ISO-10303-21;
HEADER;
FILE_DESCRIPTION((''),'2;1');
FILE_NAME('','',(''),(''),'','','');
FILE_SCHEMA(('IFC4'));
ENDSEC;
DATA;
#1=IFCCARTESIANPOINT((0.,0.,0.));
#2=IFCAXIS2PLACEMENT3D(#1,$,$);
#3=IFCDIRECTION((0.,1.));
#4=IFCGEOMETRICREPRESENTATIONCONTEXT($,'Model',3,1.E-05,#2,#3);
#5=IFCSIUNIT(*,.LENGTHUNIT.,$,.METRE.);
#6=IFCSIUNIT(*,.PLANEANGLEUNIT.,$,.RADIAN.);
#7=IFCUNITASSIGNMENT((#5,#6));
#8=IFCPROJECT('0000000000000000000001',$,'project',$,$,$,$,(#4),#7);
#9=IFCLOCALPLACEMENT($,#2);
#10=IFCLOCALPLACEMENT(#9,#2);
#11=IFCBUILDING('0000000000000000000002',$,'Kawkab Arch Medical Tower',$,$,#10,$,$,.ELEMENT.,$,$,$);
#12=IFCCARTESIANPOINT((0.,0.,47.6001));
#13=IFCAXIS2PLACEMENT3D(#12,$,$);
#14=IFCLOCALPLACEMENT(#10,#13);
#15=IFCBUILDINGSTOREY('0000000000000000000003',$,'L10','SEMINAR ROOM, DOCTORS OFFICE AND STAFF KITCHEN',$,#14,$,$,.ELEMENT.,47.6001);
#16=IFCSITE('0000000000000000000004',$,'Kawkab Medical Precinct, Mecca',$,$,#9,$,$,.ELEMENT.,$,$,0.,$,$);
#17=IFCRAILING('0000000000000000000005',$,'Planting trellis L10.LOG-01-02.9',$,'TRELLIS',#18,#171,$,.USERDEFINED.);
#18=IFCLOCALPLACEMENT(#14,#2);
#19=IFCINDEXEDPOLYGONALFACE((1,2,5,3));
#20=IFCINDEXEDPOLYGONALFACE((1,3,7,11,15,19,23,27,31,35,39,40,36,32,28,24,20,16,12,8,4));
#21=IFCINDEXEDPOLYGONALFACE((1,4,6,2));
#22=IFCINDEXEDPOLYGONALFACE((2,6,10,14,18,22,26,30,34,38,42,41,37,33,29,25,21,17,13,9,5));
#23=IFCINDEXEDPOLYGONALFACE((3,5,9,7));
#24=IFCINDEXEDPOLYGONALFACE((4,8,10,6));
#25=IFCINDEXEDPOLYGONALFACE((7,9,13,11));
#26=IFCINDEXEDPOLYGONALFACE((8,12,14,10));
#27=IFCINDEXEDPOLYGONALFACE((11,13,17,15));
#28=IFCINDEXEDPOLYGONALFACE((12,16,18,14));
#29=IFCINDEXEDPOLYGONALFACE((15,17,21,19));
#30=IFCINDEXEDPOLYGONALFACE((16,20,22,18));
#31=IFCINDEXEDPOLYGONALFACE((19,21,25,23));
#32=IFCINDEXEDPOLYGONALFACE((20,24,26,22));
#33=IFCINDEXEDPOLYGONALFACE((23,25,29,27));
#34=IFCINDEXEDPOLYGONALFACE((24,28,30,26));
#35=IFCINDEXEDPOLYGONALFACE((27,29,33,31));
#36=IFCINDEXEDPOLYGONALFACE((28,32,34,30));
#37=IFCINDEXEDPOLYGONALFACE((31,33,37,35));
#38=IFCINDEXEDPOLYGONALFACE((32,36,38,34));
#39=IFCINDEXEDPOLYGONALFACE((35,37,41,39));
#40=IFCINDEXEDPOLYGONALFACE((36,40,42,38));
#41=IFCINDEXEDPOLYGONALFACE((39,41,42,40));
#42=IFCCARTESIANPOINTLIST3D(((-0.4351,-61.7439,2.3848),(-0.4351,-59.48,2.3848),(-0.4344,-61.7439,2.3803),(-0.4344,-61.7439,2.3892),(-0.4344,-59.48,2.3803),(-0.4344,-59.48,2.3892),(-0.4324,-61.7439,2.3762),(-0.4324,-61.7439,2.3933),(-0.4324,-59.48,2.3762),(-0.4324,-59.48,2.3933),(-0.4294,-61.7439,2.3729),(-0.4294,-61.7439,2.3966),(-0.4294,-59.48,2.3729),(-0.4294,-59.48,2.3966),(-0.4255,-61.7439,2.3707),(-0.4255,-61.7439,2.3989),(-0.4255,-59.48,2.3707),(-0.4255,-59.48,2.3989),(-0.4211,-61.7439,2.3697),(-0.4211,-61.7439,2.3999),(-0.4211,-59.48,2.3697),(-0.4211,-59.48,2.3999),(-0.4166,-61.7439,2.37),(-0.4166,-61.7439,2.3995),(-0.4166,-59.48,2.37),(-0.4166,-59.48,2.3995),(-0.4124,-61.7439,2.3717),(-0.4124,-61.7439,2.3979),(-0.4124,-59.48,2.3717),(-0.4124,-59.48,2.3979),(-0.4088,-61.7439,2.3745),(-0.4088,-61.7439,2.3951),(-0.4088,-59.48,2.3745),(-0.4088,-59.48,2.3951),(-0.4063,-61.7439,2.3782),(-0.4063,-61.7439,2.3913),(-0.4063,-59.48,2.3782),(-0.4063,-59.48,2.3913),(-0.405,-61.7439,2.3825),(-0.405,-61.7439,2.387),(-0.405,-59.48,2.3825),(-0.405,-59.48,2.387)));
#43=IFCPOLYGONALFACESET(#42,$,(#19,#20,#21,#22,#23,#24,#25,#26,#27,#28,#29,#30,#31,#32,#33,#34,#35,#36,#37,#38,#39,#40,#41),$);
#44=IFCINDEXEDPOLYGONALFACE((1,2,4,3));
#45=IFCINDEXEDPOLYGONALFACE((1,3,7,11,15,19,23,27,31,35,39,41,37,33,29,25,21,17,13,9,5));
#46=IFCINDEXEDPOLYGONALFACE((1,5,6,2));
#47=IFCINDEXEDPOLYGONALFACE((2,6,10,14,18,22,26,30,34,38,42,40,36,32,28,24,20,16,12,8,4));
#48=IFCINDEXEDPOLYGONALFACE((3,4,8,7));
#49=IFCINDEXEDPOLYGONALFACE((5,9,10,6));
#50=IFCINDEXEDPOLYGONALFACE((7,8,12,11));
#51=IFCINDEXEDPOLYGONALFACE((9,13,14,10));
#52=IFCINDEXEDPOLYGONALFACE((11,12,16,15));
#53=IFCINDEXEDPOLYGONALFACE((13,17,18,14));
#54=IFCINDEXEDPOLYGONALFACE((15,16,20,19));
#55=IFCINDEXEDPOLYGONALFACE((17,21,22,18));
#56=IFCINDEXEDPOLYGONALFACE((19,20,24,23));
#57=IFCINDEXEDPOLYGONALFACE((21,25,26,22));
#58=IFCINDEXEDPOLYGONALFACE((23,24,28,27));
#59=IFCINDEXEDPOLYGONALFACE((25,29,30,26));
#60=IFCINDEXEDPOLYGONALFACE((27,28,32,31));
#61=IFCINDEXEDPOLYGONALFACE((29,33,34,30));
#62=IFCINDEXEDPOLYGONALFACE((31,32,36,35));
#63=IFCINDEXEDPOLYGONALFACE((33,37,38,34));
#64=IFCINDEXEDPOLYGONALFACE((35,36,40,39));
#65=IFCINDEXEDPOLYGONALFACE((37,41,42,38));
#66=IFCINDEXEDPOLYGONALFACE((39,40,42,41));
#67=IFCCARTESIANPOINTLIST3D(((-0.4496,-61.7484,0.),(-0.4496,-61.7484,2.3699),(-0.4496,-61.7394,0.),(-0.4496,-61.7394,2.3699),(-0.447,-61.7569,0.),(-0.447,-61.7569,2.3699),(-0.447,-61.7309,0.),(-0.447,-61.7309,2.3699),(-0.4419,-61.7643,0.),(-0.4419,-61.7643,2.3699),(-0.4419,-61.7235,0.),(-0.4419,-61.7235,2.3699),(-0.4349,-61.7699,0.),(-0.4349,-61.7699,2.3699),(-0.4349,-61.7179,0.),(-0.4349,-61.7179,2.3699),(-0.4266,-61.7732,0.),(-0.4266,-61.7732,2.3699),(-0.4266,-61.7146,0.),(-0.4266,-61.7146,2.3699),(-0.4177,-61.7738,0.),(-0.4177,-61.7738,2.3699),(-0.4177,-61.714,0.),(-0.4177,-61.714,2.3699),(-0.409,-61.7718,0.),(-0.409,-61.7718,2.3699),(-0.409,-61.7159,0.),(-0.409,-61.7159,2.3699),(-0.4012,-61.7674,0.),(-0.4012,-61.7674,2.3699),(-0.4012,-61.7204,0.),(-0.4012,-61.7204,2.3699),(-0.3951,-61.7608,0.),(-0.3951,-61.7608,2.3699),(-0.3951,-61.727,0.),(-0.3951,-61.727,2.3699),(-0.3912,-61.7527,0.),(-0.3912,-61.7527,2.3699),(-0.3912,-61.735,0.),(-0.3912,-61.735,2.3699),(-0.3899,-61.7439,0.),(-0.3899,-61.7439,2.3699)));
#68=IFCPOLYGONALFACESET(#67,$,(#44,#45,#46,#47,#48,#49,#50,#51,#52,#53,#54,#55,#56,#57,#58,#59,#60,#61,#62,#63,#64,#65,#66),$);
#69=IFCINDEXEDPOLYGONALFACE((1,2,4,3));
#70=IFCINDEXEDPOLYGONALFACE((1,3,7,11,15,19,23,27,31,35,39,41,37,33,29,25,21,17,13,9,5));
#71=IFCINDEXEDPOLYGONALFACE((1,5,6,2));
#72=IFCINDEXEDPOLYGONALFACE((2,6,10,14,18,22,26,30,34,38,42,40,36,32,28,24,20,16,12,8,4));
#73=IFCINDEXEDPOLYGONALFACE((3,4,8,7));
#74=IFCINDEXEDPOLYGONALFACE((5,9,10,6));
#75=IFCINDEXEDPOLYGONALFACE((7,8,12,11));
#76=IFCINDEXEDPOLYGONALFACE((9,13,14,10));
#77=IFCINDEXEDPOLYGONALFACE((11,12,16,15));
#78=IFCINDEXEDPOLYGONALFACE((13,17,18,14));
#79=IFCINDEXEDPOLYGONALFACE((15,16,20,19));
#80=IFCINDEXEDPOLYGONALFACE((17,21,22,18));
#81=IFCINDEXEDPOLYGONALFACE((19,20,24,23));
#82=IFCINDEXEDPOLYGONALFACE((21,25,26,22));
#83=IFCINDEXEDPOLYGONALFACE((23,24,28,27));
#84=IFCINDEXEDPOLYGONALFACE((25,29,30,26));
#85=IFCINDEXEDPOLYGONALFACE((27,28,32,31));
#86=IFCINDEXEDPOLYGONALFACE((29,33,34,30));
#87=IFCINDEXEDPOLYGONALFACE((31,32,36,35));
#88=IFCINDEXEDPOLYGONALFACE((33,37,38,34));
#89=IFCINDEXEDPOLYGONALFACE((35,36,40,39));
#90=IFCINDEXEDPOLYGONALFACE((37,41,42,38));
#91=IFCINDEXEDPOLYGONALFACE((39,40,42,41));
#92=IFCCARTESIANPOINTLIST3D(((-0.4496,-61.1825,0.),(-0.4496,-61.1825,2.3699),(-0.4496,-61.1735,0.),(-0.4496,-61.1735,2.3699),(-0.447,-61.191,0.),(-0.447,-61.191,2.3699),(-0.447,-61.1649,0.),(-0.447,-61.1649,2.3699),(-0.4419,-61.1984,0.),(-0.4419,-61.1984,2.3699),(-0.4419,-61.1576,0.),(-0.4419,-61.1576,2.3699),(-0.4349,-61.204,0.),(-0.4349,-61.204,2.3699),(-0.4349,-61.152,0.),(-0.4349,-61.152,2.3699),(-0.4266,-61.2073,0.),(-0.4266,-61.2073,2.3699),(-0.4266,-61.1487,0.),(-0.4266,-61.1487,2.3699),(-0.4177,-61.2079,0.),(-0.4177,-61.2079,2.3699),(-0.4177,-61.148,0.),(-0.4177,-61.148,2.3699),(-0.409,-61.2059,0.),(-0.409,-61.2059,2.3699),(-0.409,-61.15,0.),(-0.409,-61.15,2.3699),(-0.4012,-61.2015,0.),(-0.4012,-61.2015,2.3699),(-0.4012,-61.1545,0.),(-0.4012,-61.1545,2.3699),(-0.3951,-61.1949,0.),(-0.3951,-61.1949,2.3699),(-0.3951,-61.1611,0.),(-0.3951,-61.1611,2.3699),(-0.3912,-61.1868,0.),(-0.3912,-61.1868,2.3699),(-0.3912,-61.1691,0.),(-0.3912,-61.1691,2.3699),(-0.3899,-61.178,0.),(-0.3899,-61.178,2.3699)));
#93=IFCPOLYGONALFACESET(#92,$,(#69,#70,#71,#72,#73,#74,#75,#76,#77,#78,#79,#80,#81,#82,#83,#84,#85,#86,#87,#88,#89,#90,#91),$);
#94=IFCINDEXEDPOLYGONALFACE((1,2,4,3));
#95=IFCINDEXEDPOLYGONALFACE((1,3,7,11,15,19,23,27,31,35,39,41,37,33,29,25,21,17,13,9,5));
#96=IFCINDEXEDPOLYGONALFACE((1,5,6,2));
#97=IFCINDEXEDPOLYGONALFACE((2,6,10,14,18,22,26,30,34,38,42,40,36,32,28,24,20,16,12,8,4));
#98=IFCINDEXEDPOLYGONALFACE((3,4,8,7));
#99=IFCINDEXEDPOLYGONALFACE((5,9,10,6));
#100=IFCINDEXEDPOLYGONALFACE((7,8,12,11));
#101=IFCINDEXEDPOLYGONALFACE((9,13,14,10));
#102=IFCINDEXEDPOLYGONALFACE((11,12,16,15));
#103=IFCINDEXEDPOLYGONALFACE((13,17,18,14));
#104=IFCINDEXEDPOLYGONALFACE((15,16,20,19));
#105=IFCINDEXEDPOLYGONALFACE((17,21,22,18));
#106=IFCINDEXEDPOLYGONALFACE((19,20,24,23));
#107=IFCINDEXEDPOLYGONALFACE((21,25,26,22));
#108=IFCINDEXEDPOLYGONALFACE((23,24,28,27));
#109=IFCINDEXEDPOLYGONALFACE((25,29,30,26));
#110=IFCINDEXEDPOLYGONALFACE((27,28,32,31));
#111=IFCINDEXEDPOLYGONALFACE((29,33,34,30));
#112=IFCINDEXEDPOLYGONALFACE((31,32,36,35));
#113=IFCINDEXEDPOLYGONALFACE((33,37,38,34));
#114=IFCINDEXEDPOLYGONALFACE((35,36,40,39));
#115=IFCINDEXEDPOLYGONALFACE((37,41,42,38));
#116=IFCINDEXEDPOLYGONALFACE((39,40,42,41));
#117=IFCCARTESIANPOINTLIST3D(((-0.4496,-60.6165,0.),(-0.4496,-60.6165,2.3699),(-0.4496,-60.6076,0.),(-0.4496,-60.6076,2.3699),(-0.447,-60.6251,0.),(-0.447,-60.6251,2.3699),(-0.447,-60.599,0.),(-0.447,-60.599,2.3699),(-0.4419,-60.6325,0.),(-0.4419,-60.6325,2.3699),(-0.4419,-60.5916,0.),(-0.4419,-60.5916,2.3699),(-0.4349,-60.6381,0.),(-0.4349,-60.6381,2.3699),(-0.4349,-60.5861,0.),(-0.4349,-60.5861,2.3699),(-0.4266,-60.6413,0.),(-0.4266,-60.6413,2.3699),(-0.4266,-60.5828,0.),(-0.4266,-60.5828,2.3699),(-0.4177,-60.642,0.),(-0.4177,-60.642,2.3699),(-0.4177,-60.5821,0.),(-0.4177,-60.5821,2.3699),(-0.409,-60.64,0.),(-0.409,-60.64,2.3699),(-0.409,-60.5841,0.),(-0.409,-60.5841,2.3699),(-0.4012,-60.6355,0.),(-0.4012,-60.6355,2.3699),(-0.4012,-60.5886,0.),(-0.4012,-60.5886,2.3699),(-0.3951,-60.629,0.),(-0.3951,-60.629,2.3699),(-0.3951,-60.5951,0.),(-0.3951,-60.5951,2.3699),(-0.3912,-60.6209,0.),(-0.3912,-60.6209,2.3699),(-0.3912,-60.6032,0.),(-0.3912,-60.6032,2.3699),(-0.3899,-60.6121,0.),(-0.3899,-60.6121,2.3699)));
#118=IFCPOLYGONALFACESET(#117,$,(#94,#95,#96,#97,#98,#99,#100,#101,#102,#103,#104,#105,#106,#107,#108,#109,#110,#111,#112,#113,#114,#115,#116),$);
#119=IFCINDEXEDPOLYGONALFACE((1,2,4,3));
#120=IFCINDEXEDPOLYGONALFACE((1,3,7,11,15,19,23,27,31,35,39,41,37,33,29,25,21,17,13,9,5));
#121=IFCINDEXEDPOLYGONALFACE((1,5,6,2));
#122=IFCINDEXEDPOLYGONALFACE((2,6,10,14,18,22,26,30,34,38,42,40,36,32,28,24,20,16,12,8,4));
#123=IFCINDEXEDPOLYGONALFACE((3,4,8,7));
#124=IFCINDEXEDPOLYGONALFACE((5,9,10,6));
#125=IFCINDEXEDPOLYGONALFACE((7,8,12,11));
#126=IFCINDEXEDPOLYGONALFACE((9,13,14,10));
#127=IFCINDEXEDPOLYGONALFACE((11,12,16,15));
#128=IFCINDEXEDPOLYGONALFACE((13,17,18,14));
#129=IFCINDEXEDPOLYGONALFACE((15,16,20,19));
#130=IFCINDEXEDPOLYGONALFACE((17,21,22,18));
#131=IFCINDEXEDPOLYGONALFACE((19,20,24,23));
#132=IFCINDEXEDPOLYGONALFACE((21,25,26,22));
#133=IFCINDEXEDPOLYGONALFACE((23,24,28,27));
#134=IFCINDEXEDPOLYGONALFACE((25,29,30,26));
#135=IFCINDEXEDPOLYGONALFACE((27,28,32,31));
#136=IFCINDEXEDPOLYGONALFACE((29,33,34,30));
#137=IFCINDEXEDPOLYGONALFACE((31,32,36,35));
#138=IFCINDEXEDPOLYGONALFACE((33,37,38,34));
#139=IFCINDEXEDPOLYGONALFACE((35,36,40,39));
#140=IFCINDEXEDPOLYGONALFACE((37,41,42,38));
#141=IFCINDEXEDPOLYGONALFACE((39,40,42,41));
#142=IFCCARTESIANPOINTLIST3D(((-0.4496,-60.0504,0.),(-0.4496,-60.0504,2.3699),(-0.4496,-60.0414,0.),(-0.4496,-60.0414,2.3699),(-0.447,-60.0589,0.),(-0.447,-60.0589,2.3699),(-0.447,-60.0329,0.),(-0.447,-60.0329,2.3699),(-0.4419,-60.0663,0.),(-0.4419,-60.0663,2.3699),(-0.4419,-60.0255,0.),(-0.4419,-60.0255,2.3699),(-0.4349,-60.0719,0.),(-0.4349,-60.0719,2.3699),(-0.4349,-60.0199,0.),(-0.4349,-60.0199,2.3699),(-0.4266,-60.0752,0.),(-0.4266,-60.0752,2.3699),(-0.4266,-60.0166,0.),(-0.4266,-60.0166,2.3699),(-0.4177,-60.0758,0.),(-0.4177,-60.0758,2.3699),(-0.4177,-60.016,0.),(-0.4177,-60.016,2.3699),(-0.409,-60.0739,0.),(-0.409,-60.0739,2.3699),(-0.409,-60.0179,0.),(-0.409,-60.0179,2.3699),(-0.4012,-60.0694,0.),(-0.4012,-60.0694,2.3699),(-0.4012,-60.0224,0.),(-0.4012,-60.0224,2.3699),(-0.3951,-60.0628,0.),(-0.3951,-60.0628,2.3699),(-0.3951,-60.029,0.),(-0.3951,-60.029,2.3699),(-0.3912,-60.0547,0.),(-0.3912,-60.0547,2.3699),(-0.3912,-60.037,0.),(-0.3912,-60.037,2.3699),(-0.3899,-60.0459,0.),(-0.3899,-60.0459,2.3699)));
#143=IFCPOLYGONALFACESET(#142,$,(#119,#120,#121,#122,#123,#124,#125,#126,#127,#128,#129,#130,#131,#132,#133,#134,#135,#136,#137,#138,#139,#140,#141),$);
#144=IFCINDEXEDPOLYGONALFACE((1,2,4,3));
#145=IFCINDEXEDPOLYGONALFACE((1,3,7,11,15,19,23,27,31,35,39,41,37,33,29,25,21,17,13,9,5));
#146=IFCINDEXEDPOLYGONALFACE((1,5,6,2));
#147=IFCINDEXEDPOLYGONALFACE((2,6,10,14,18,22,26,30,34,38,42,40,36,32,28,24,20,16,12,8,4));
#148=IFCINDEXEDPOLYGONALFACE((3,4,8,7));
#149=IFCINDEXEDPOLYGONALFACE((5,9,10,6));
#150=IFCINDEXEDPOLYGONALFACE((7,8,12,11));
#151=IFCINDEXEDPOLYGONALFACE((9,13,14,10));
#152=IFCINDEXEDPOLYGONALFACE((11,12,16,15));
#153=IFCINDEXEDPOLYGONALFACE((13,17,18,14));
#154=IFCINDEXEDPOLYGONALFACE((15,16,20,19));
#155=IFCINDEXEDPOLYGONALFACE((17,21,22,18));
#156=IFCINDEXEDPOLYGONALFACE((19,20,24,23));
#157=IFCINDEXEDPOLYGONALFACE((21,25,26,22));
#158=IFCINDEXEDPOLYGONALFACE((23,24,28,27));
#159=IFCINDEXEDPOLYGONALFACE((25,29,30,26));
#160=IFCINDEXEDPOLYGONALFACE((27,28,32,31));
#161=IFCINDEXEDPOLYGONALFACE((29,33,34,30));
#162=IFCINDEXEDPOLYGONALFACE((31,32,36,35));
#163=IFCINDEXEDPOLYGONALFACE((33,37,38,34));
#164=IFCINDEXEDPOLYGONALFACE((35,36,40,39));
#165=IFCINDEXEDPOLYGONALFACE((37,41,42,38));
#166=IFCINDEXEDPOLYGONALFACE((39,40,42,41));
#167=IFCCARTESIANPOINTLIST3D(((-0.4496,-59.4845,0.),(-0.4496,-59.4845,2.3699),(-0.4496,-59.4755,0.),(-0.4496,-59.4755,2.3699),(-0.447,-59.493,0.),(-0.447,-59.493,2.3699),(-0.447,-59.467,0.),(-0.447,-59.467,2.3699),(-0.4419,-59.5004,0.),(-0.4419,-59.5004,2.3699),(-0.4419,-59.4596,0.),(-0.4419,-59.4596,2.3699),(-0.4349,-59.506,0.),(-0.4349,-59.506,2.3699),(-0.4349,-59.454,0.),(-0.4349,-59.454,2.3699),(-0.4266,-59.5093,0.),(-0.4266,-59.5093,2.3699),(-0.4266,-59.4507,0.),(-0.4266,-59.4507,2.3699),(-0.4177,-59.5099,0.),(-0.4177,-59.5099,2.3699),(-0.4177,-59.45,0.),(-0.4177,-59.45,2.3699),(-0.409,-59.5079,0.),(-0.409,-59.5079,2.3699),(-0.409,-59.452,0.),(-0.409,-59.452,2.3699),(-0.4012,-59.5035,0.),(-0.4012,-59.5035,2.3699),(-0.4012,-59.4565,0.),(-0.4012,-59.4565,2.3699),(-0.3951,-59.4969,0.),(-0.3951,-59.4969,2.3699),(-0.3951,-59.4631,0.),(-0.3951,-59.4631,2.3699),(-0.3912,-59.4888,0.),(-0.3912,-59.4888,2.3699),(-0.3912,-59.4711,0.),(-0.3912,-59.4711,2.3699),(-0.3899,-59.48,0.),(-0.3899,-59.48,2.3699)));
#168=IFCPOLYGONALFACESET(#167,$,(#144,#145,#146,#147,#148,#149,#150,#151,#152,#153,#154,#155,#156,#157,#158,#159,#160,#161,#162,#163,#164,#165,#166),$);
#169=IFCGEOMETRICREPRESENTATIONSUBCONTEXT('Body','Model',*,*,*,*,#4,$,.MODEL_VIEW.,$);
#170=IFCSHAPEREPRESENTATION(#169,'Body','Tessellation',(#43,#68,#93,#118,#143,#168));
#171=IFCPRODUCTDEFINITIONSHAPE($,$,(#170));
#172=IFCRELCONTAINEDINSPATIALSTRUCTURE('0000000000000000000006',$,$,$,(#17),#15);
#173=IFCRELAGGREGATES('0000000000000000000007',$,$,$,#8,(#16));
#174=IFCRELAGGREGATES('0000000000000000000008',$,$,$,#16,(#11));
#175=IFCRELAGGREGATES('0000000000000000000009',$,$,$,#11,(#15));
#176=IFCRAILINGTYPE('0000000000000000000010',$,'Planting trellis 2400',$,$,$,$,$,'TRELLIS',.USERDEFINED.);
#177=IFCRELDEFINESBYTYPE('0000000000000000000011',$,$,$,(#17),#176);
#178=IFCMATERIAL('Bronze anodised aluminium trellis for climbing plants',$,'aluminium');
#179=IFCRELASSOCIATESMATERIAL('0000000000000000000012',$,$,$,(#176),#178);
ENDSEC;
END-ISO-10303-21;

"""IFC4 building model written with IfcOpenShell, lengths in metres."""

from ifc_helpers import new_model, si_unit, direction, frame, origin, origin_2d, place, context, subcontext, project, spatial, circle, extrude, material, type_object, element, save


model = new_model("IFC4")

# Units and contexts
model_context = context("Model", 3, precision=1e-05, world=origin(), true_north=direction((0.0, 1.0)))
body_context = subcontext(model_context, "Body", "Model", "MODEL_VIEW")
ifc_project = project(units=[si_unit("LENGTHUNIT", "METRE"), si_unit("PLANEANGLEUNIT", "RADIAN")], contexts=[model_context])

# Site, building, storey
site_placement = place(None, origin())
site = spatial("IfcSite", under=ifc_project, at=site_placement, Name="Kawkab Medical Precinct, Mecca", CompositionType="ELEMENT", RefElevation=0.0)
building_placement = place(site_placement, origin())
building = spatial("IfcBuilding", under=site, at=building_placement, Name="Kawkab Arch Medical Tower", CompositionType="ELEMENT")
storey_placement = place(building_placement, frame((0.0, 0.0, 47.6001)))
storey = spatial("IfcBuildingStorey", under=building, at=storey_placement, Name="L10", Description="SEMINAR ROOM, DOCTORS OFFICE AND STAFF KITCHEN", CompositionType="ELEMENT", Elevation=47.6001)

# Railing
ifc_material_1 = material(Name="Bronze anodised aluminium trellis for climbing plants", Category="aluminium")
railing_type = type_object("IfcRailingType", Name="Planting trellis 2400", ElementType="TRELLIS", PredefinedType="USERDEFINED", material=ifc_material_1)
railing_1_placement = place(storey_placement, frame((-0.4199, -61.7439, 0.0)))
element("IfcRailing", 1, at=railing_1_placement, inside=storey, type_object=railing_type, Name="Planting trellis L10.LOG-01-02.9", ObjectType="TRELLIS", PredefinedType="USERDEFINED", context=body_context, shape_type="SweptSolid", body=[
    extrude(circle(Radius=0.0151, at=origin_2d()), frame((0.0, 0.0, 2.3848), z_axis=(0.0, 1.0, 0.0), x_axis=(-1.0, 0.0, 0.0)), (0.0, 0.0, 1.0), 2.2639),
    extrude(circle(Radius=0.03, at=origin_2d()), origin(), (0.0, 0.0, 1.0), 2.3699),
    extrude(circle(Radius=0.03, at=origin_2d()), frame((0.0, 0.5659, 0.0)), (0.0, 0.0, 1.0), 2.3699),
    extrude(circle(Radius=0.03, at=origin_2d()), frame((0.0, 1.1318, 0.0)), (0.0, 0.0, 1.0), 2.3699),
    extrude(circle(Radius=0.03, at=origin_2d()), frame((0.0, 1.698, 0.0)), (0.0, 0.0, 1.0), 2.3699),
    extrude(circle(Radius=0.03, at=origin_2d()), frame((0.0, 2.2639, 0.0)), (0.0, 0.0, 1.0), 2.3699),
])

save(model, "model.ifc")
